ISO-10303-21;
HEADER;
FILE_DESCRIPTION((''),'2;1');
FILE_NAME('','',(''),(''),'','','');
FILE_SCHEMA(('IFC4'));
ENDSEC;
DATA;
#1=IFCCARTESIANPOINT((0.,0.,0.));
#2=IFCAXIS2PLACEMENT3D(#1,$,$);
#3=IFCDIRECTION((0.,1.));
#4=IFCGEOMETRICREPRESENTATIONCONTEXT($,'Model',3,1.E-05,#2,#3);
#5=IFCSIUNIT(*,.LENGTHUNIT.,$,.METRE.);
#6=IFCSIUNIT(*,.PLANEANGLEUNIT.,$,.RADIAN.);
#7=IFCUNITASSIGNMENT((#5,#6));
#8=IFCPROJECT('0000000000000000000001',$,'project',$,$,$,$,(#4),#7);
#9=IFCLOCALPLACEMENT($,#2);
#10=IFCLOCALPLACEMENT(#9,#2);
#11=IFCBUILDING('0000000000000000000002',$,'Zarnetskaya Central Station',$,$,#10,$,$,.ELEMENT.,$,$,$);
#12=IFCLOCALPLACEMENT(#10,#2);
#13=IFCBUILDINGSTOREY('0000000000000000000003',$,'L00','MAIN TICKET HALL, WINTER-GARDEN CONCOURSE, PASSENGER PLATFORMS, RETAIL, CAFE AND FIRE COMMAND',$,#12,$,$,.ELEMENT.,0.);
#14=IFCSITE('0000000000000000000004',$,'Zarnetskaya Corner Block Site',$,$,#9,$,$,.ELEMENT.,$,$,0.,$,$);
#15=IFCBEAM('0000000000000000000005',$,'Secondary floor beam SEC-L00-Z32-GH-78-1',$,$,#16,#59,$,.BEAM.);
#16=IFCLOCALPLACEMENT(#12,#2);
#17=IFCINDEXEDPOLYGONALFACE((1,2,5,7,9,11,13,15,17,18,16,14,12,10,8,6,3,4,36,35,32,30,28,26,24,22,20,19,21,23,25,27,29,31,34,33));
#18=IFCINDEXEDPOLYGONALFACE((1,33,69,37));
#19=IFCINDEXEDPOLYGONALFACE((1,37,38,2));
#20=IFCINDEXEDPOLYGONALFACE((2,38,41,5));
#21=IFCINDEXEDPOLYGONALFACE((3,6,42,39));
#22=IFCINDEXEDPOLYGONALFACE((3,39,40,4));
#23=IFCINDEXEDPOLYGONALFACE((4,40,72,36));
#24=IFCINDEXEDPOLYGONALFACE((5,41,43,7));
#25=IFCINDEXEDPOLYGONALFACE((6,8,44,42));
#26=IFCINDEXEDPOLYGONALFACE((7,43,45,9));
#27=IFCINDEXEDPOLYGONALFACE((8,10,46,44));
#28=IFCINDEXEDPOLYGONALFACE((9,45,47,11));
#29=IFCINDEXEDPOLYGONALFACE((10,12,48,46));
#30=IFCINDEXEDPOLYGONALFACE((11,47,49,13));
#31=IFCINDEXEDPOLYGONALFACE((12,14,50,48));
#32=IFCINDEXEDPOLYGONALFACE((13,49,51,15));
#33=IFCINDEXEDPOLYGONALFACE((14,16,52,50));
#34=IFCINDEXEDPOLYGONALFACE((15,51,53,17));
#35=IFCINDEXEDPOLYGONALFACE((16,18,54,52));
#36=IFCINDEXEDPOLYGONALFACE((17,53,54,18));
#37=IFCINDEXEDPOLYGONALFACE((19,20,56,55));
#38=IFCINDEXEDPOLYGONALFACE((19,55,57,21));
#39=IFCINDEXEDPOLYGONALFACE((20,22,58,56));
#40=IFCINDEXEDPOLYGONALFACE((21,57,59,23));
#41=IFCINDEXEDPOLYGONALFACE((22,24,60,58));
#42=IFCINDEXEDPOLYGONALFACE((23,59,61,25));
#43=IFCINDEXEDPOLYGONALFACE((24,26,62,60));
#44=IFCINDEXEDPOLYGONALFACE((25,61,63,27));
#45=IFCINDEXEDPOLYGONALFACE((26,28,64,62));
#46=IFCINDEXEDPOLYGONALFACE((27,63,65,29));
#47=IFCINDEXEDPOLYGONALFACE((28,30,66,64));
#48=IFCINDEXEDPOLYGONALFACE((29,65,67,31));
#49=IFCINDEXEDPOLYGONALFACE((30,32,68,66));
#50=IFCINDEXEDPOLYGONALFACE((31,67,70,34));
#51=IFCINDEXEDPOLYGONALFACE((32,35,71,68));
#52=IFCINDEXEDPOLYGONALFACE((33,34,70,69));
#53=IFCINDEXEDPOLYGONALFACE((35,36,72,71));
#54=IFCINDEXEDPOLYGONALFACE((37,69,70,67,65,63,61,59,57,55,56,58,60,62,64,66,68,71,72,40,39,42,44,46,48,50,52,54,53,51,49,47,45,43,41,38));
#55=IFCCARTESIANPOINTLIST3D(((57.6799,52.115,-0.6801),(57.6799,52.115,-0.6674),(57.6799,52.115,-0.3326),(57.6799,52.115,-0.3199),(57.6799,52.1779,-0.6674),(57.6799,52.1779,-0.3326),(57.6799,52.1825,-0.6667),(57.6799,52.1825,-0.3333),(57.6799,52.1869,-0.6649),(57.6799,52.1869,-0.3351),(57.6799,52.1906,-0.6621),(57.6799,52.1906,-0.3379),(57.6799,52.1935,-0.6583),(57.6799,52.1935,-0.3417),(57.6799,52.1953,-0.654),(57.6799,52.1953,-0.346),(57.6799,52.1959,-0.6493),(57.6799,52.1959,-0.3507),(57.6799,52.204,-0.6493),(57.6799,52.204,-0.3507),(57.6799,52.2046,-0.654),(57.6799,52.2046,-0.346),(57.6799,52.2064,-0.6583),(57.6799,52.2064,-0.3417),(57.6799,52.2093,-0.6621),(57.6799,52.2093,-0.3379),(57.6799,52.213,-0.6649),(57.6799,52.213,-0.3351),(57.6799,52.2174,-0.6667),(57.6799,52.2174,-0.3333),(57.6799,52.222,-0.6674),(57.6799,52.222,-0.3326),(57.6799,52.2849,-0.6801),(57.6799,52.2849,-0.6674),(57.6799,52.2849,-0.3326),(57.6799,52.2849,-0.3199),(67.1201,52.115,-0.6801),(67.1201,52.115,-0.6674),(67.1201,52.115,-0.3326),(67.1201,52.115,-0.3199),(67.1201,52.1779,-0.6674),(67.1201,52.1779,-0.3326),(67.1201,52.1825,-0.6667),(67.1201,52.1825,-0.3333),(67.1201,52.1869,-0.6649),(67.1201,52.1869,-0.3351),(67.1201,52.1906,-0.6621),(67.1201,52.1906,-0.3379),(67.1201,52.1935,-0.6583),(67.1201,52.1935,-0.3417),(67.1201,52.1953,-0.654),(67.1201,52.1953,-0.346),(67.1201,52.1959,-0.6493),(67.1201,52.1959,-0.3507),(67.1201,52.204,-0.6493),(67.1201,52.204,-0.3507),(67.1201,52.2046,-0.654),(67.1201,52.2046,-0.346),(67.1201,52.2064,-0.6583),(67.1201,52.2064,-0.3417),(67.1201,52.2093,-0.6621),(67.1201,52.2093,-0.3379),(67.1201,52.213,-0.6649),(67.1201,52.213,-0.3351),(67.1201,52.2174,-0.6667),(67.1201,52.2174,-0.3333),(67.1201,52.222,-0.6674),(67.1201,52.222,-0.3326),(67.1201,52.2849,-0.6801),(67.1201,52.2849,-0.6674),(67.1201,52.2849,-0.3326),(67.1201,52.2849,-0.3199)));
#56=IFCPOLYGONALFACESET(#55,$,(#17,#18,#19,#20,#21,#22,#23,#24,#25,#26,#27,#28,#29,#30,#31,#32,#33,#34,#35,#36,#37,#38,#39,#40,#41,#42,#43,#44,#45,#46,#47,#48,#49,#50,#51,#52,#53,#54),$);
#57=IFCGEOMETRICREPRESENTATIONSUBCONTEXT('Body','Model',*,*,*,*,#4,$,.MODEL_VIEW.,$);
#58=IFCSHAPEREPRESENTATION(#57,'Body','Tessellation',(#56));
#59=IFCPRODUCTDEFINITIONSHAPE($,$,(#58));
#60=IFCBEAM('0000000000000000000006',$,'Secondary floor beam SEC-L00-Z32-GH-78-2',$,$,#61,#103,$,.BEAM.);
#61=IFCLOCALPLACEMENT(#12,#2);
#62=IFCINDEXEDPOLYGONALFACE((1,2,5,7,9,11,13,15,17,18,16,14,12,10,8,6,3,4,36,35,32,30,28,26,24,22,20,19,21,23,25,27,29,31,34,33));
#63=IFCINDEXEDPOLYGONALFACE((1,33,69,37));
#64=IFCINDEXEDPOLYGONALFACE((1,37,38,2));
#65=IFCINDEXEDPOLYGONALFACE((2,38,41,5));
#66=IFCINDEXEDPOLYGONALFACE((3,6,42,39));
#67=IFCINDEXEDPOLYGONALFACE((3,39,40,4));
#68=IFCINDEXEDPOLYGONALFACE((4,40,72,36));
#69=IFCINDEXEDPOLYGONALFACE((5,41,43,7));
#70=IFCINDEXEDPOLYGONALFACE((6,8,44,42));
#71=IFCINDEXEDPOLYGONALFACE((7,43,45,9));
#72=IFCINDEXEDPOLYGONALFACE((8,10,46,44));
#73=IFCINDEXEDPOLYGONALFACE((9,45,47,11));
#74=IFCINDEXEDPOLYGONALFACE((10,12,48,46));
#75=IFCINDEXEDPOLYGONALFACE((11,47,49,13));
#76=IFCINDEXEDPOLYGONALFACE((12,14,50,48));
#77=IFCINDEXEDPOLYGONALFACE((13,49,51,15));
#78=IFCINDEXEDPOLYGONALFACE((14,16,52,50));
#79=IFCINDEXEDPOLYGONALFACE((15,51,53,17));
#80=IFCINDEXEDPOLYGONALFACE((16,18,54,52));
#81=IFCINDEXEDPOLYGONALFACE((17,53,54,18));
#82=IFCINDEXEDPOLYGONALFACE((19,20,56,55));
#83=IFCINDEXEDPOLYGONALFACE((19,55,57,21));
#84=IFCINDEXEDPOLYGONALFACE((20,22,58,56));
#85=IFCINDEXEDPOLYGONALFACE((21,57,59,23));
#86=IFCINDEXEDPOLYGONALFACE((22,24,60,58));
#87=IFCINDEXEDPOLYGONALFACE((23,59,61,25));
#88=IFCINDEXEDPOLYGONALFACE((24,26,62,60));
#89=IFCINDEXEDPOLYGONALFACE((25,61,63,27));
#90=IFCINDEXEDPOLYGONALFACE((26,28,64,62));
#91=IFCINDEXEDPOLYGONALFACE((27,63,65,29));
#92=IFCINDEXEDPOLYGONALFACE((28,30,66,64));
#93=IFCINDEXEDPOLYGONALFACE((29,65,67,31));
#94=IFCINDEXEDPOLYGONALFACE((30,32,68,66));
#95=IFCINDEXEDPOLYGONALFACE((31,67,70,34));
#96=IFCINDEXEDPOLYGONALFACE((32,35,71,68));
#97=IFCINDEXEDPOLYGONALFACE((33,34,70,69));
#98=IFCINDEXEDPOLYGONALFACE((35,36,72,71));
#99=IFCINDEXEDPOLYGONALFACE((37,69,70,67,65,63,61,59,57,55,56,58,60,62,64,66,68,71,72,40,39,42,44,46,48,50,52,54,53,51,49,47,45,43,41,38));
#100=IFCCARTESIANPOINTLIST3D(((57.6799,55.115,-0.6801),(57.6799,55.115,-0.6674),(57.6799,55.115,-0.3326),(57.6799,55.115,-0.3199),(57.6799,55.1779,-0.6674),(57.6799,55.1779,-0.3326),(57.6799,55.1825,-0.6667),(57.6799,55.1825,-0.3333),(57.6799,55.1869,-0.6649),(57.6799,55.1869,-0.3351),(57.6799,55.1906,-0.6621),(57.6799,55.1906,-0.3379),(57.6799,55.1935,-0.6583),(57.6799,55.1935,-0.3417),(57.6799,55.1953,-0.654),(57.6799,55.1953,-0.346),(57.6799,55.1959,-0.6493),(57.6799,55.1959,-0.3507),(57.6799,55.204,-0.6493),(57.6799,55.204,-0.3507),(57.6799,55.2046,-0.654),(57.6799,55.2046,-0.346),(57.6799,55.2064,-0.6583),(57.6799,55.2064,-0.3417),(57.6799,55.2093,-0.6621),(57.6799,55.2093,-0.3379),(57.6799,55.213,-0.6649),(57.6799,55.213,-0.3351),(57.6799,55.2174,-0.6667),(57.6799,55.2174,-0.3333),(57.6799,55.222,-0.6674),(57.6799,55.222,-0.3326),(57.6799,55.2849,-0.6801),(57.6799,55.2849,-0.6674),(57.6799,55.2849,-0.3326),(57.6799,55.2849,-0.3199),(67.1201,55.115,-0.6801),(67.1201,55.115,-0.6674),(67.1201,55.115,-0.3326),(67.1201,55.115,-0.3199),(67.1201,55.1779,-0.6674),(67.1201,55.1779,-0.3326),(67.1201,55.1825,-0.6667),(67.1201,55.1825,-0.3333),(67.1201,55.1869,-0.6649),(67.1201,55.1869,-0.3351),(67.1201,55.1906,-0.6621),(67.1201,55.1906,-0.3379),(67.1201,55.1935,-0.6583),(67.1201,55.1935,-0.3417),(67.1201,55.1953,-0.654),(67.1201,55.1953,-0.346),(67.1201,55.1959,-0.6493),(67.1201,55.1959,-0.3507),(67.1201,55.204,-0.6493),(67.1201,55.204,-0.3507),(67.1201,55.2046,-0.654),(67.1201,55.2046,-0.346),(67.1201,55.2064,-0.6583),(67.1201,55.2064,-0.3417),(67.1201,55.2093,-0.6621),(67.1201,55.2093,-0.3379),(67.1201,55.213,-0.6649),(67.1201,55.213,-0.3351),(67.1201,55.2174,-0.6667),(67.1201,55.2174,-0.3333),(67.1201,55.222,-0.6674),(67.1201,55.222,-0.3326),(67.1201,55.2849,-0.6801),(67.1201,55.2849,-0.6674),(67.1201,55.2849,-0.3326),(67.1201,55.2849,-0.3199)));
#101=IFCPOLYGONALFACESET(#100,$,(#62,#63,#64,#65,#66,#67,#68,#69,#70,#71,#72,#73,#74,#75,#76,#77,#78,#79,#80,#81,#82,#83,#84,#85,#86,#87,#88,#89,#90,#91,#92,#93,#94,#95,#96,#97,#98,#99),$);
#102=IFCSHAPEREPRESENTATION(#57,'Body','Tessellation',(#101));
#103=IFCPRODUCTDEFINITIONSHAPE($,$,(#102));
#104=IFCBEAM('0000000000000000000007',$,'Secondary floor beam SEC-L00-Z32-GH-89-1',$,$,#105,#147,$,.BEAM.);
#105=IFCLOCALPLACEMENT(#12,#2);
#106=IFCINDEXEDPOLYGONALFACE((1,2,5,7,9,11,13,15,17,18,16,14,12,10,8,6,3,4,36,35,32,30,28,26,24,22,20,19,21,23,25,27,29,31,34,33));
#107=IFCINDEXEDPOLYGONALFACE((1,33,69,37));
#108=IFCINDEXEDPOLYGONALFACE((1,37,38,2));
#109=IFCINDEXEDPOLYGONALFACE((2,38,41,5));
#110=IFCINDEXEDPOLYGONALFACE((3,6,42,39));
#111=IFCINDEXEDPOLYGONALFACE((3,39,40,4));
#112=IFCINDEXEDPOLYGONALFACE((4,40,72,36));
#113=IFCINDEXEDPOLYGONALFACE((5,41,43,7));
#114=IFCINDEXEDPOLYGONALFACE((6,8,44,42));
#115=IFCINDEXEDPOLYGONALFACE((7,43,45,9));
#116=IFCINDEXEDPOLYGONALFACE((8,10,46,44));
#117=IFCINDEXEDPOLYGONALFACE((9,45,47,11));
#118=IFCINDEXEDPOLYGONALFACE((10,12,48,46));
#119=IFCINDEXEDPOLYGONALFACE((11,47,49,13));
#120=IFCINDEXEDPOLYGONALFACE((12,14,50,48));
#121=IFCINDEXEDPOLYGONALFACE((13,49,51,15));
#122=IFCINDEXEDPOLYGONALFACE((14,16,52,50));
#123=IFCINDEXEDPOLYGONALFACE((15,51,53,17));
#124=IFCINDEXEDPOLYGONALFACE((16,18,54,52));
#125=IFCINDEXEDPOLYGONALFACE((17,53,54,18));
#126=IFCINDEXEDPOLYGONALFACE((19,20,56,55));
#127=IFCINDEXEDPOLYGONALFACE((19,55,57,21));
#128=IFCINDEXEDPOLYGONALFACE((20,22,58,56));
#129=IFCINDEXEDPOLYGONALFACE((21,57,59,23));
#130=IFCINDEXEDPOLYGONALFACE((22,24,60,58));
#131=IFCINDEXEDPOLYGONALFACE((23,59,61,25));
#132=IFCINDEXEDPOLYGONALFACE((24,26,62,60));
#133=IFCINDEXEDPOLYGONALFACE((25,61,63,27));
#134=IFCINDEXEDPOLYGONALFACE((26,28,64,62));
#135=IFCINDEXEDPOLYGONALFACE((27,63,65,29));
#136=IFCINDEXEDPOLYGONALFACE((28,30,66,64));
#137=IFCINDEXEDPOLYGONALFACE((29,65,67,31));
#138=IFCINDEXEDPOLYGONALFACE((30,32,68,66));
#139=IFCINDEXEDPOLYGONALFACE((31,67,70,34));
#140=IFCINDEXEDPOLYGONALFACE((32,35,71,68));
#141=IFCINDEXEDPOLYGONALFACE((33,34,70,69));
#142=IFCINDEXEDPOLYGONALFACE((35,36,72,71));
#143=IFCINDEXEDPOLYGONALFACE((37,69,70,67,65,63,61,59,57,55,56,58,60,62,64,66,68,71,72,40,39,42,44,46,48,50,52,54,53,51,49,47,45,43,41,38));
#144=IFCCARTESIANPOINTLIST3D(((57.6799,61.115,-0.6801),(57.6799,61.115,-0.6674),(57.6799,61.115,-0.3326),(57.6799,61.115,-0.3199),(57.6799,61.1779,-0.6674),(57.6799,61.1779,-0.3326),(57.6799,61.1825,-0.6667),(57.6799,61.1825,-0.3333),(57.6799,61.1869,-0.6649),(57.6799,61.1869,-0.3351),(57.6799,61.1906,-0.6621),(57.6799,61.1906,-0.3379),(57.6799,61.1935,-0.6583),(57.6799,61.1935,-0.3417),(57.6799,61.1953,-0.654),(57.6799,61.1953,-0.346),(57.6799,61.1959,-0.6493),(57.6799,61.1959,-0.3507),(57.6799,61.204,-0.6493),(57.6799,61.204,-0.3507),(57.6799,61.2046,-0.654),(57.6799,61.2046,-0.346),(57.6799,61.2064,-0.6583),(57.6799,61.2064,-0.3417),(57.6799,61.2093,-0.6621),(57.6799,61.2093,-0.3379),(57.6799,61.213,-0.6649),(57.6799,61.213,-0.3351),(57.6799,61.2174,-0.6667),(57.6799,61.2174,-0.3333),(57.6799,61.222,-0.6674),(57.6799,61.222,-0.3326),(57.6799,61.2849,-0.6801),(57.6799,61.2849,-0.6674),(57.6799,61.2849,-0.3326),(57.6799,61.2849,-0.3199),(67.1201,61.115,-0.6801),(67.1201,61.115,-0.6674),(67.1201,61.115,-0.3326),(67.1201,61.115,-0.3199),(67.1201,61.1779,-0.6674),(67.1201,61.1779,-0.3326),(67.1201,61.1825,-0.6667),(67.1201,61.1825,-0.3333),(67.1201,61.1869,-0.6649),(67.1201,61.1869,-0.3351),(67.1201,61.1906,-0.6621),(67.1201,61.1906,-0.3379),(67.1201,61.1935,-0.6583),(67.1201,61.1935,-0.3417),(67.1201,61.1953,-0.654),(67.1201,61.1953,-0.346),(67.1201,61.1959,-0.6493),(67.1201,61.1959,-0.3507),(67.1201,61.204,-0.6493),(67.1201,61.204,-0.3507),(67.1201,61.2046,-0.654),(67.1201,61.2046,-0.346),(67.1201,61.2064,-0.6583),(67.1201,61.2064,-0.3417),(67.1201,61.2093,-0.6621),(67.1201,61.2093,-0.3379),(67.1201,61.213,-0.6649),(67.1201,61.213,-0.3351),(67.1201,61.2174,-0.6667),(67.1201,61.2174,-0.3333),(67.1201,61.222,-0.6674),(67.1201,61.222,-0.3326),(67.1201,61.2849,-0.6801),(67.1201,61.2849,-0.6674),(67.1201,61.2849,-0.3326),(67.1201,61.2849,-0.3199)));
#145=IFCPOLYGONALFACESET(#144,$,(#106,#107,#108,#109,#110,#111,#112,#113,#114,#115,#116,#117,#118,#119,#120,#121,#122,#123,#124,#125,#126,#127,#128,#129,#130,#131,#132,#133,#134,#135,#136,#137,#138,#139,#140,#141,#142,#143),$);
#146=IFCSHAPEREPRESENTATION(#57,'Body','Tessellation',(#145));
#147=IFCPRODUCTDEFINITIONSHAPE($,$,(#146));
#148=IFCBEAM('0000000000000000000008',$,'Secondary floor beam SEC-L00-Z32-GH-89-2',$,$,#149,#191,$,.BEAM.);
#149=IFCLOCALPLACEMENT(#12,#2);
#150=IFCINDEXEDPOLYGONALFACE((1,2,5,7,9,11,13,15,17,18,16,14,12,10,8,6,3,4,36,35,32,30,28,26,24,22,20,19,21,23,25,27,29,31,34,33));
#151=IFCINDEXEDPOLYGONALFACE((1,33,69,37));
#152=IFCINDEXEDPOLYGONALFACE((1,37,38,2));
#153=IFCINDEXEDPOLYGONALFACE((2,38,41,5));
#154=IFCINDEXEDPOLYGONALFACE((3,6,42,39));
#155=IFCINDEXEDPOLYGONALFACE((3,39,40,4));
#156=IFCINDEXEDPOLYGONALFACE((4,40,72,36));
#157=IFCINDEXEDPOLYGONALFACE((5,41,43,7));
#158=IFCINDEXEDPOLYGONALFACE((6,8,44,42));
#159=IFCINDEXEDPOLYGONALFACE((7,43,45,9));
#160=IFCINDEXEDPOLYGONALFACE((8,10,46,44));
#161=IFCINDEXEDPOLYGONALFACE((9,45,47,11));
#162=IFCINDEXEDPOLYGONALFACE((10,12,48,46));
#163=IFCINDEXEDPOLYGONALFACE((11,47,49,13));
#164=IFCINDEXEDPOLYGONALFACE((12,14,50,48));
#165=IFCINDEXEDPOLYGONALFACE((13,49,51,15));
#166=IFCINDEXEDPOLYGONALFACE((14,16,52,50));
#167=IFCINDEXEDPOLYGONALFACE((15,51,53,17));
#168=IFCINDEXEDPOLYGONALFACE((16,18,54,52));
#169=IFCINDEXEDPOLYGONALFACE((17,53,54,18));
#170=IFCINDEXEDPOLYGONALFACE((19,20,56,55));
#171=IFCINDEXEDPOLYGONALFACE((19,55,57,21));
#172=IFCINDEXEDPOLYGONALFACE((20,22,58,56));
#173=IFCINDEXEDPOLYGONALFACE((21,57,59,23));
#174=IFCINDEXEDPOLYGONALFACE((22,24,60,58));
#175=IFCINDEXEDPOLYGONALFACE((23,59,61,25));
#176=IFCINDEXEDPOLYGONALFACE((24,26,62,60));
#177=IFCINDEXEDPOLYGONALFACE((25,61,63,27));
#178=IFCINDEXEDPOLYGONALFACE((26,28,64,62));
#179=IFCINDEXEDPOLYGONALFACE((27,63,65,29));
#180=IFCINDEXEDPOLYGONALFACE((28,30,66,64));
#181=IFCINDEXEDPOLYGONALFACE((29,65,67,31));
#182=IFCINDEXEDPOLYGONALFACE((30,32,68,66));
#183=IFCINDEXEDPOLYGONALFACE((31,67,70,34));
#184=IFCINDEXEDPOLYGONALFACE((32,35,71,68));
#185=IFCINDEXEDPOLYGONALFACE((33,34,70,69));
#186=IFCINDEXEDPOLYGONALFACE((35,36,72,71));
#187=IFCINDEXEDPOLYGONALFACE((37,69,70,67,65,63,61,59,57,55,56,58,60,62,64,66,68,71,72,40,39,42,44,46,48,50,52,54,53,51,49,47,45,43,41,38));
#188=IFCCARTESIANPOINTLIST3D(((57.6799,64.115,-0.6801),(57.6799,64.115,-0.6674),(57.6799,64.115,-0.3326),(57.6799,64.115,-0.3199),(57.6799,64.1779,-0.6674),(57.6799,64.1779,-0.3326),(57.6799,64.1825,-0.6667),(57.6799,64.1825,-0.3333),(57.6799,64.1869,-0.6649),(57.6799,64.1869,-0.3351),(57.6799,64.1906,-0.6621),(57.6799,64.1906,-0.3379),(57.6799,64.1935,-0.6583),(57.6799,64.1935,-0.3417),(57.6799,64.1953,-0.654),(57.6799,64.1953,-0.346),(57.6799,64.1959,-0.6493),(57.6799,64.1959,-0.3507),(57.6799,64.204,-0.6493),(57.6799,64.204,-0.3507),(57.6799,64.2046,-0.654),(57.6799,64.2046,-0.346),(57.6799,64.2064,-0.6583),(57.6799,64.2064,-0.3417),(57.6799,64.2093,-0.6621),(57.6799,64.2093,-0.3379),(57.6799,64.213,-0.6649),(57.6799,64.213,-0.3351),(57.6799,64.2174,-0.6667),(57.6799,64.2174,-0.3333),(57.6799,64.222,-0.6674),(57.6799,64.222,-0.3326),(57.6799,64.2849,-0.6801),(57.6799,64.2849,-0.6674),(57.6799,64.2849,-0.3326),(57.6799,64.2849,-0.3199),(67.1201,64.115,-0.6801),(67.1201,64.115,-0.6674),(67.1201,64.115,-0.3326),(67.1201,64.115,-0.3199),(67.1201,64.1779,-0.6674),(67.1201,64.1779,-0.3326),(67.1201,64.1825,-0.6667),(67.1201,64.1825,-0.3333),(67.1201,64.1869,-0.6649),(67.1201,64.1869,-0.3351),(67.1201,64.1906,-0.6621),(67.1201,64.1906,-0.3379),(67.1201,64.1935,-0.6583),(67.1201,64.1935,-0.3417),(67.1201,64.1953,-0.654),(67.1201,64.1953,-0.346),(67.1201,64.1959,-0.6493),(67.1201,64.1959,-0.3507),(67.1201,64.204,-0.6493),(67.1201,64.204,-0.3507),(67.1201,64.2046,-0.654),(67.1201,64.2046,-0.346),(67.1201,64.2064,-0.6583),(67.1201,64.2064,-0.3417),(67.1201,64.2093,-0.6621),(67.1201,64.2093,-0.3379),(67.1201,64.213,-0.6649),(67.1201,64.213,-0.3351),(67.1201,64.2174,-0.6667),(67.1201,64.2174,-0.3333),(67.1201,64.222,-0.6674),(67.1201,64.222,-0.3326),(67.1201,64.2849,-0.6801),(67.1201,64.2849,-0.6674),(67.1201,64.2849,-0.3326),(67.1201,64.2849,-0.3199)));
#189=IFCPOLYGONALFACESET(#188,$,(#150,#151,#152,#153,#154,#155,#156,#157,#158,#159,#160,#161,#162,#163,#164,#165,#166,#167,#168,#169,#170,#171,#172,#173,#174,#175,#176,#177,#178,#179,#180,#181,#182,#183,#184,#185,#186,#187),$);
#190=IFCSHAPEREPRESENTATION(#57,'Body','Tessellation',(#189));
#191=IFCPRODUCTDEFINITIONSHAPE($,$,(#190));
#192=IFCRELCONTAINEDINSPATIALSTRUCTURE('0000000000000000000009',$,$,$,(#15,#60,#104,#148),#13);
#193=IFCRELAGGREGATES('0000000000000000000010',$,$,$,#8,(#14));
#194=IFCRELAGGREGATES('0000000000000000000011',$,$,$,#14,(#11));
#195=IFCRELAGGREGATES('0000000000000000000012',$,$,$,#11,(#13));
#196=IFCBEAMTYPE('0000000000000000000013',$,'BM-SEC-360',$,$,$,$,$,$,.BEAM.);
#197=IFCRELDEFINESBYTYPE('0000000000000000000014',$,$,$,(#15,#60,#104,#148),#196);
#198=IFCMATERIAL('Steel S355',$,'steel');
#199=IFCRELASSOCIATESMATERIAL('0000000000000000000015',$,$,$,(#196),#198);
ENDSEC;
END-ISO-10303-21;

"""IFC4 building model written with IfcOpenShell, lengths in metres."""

from ifc_helpers import new_model, si_unit, direction, frame, origin, origin_2d, place, context, subcontext, project, spatial, i_section, extrude, material, material_profile, profile_set, type_object, element, save


model = new_model("IFC4")

# Units and contexts
model_context = context("Model", 3, precision=1e-05, world=origin(), true_north=direction((0.0, 1.0)))
body_context = subcontext(model_context, "Body", "Model", "MODEL_VIEW")
ifc_project = project(units=[si_unit("LENGTHUNIT", "METRE"), si_unit("PLANEANGLEUNIT", "RADIAN")], contexts=[model_context])

# Site, building, storey
site_placement = place(None, origin())
site = spatial("IfcSite", under=ifc_project, at=site_placement, Name="Zarnetskaya Corner Block Site", CompositionType="ELEMENT", RefElevation=0.0)
building_placement = place(site_placement, origin())
building = spatial("IfcBuilding", under=site, at=building_placement, Name="Zarnetskaya Central Station", CompositionType="ELEMENT")
storey_placement = place(building_placement, origin())
storey = spatial("IfcBuildingStorey", under=building, at=storey_placement, Name="L00", Description="MAIN TICKET HALL, WINTER-GARDEN CONCOURSE, PASSENGER PLATFORMS, RETAIL, CAFE AND FIRE COMMAND", CompositionType="ELEMENT", Elevation=0.0)

# Shared definitions
ifc_material_1 = material(Name="Steel S355", Category="steel")

# Beams
ifc_material_profile_1 = material_profile(ifc_material_1, i_section(OverallWidth=0.1699, OverallDepth=0.3601, WebThickness=0.0081, FlangeThickness=0.0127, FilletRadius=0.0181, at=origin_2d()), Name="IPE 360")
ifc_profile_set_1 = profile_set([ifc_material_profile_1], Name="Steel S355")
beam_type_1 = type_object("IfcBeamType", Name="BM-SEC-360", PredefinedType="BEAM", material=ifc_profile_set_1)
for number, where, z_axis, x_axis, name in (
    (1, (57.6799, 52.2, -0.5), (1.0, 0.0, 0.0), (0.0, 1.0, 0.0), "Secondary floor beam SEC-L00-Z32-GH-78-1"),
    (2, (57.6799, 55.2, -0.5), (1.0, 0.0, 0.0), (0.0, 1.0, 0.0), "Secondary floor beam SEC-L00-Z32-GH-78-2"),
    (3, (57.6799, 61.2, -0.5), (1.0, 0.0, 0.0), (0.0, 1.0, 0.0), "Secondary floor beam SEC-L00-Z32-GH-89-1"),
    (4, (57.6799, 64.2, -0.5), (1.0, 0.0, 0.0), (0.0, 1.0, 0.0), "Secondary floor beam SEC-L00-Z32-GH-89-2"),
):
    element("IfcBeam", number, at=place(storey_placement, frame(where, z_axis=z_axis, x_axis=x_axis)), inside=storey, type_object=beam_type_1, Name=name, PredefinedType="BEAM", context=body_context, shape_type="SweptSolid", body=[
        extrude(i_section(OverallWidth=0.1699, OverallDepth=0.3601, WebThickness=0.0081, FlangeThickness=0.0127, FilletRadius=0.0181, at=origin_2d()), origin(), (0.0, 0.0, 1.0), 9.4402),
    ])

save(model, "model.ifc")
